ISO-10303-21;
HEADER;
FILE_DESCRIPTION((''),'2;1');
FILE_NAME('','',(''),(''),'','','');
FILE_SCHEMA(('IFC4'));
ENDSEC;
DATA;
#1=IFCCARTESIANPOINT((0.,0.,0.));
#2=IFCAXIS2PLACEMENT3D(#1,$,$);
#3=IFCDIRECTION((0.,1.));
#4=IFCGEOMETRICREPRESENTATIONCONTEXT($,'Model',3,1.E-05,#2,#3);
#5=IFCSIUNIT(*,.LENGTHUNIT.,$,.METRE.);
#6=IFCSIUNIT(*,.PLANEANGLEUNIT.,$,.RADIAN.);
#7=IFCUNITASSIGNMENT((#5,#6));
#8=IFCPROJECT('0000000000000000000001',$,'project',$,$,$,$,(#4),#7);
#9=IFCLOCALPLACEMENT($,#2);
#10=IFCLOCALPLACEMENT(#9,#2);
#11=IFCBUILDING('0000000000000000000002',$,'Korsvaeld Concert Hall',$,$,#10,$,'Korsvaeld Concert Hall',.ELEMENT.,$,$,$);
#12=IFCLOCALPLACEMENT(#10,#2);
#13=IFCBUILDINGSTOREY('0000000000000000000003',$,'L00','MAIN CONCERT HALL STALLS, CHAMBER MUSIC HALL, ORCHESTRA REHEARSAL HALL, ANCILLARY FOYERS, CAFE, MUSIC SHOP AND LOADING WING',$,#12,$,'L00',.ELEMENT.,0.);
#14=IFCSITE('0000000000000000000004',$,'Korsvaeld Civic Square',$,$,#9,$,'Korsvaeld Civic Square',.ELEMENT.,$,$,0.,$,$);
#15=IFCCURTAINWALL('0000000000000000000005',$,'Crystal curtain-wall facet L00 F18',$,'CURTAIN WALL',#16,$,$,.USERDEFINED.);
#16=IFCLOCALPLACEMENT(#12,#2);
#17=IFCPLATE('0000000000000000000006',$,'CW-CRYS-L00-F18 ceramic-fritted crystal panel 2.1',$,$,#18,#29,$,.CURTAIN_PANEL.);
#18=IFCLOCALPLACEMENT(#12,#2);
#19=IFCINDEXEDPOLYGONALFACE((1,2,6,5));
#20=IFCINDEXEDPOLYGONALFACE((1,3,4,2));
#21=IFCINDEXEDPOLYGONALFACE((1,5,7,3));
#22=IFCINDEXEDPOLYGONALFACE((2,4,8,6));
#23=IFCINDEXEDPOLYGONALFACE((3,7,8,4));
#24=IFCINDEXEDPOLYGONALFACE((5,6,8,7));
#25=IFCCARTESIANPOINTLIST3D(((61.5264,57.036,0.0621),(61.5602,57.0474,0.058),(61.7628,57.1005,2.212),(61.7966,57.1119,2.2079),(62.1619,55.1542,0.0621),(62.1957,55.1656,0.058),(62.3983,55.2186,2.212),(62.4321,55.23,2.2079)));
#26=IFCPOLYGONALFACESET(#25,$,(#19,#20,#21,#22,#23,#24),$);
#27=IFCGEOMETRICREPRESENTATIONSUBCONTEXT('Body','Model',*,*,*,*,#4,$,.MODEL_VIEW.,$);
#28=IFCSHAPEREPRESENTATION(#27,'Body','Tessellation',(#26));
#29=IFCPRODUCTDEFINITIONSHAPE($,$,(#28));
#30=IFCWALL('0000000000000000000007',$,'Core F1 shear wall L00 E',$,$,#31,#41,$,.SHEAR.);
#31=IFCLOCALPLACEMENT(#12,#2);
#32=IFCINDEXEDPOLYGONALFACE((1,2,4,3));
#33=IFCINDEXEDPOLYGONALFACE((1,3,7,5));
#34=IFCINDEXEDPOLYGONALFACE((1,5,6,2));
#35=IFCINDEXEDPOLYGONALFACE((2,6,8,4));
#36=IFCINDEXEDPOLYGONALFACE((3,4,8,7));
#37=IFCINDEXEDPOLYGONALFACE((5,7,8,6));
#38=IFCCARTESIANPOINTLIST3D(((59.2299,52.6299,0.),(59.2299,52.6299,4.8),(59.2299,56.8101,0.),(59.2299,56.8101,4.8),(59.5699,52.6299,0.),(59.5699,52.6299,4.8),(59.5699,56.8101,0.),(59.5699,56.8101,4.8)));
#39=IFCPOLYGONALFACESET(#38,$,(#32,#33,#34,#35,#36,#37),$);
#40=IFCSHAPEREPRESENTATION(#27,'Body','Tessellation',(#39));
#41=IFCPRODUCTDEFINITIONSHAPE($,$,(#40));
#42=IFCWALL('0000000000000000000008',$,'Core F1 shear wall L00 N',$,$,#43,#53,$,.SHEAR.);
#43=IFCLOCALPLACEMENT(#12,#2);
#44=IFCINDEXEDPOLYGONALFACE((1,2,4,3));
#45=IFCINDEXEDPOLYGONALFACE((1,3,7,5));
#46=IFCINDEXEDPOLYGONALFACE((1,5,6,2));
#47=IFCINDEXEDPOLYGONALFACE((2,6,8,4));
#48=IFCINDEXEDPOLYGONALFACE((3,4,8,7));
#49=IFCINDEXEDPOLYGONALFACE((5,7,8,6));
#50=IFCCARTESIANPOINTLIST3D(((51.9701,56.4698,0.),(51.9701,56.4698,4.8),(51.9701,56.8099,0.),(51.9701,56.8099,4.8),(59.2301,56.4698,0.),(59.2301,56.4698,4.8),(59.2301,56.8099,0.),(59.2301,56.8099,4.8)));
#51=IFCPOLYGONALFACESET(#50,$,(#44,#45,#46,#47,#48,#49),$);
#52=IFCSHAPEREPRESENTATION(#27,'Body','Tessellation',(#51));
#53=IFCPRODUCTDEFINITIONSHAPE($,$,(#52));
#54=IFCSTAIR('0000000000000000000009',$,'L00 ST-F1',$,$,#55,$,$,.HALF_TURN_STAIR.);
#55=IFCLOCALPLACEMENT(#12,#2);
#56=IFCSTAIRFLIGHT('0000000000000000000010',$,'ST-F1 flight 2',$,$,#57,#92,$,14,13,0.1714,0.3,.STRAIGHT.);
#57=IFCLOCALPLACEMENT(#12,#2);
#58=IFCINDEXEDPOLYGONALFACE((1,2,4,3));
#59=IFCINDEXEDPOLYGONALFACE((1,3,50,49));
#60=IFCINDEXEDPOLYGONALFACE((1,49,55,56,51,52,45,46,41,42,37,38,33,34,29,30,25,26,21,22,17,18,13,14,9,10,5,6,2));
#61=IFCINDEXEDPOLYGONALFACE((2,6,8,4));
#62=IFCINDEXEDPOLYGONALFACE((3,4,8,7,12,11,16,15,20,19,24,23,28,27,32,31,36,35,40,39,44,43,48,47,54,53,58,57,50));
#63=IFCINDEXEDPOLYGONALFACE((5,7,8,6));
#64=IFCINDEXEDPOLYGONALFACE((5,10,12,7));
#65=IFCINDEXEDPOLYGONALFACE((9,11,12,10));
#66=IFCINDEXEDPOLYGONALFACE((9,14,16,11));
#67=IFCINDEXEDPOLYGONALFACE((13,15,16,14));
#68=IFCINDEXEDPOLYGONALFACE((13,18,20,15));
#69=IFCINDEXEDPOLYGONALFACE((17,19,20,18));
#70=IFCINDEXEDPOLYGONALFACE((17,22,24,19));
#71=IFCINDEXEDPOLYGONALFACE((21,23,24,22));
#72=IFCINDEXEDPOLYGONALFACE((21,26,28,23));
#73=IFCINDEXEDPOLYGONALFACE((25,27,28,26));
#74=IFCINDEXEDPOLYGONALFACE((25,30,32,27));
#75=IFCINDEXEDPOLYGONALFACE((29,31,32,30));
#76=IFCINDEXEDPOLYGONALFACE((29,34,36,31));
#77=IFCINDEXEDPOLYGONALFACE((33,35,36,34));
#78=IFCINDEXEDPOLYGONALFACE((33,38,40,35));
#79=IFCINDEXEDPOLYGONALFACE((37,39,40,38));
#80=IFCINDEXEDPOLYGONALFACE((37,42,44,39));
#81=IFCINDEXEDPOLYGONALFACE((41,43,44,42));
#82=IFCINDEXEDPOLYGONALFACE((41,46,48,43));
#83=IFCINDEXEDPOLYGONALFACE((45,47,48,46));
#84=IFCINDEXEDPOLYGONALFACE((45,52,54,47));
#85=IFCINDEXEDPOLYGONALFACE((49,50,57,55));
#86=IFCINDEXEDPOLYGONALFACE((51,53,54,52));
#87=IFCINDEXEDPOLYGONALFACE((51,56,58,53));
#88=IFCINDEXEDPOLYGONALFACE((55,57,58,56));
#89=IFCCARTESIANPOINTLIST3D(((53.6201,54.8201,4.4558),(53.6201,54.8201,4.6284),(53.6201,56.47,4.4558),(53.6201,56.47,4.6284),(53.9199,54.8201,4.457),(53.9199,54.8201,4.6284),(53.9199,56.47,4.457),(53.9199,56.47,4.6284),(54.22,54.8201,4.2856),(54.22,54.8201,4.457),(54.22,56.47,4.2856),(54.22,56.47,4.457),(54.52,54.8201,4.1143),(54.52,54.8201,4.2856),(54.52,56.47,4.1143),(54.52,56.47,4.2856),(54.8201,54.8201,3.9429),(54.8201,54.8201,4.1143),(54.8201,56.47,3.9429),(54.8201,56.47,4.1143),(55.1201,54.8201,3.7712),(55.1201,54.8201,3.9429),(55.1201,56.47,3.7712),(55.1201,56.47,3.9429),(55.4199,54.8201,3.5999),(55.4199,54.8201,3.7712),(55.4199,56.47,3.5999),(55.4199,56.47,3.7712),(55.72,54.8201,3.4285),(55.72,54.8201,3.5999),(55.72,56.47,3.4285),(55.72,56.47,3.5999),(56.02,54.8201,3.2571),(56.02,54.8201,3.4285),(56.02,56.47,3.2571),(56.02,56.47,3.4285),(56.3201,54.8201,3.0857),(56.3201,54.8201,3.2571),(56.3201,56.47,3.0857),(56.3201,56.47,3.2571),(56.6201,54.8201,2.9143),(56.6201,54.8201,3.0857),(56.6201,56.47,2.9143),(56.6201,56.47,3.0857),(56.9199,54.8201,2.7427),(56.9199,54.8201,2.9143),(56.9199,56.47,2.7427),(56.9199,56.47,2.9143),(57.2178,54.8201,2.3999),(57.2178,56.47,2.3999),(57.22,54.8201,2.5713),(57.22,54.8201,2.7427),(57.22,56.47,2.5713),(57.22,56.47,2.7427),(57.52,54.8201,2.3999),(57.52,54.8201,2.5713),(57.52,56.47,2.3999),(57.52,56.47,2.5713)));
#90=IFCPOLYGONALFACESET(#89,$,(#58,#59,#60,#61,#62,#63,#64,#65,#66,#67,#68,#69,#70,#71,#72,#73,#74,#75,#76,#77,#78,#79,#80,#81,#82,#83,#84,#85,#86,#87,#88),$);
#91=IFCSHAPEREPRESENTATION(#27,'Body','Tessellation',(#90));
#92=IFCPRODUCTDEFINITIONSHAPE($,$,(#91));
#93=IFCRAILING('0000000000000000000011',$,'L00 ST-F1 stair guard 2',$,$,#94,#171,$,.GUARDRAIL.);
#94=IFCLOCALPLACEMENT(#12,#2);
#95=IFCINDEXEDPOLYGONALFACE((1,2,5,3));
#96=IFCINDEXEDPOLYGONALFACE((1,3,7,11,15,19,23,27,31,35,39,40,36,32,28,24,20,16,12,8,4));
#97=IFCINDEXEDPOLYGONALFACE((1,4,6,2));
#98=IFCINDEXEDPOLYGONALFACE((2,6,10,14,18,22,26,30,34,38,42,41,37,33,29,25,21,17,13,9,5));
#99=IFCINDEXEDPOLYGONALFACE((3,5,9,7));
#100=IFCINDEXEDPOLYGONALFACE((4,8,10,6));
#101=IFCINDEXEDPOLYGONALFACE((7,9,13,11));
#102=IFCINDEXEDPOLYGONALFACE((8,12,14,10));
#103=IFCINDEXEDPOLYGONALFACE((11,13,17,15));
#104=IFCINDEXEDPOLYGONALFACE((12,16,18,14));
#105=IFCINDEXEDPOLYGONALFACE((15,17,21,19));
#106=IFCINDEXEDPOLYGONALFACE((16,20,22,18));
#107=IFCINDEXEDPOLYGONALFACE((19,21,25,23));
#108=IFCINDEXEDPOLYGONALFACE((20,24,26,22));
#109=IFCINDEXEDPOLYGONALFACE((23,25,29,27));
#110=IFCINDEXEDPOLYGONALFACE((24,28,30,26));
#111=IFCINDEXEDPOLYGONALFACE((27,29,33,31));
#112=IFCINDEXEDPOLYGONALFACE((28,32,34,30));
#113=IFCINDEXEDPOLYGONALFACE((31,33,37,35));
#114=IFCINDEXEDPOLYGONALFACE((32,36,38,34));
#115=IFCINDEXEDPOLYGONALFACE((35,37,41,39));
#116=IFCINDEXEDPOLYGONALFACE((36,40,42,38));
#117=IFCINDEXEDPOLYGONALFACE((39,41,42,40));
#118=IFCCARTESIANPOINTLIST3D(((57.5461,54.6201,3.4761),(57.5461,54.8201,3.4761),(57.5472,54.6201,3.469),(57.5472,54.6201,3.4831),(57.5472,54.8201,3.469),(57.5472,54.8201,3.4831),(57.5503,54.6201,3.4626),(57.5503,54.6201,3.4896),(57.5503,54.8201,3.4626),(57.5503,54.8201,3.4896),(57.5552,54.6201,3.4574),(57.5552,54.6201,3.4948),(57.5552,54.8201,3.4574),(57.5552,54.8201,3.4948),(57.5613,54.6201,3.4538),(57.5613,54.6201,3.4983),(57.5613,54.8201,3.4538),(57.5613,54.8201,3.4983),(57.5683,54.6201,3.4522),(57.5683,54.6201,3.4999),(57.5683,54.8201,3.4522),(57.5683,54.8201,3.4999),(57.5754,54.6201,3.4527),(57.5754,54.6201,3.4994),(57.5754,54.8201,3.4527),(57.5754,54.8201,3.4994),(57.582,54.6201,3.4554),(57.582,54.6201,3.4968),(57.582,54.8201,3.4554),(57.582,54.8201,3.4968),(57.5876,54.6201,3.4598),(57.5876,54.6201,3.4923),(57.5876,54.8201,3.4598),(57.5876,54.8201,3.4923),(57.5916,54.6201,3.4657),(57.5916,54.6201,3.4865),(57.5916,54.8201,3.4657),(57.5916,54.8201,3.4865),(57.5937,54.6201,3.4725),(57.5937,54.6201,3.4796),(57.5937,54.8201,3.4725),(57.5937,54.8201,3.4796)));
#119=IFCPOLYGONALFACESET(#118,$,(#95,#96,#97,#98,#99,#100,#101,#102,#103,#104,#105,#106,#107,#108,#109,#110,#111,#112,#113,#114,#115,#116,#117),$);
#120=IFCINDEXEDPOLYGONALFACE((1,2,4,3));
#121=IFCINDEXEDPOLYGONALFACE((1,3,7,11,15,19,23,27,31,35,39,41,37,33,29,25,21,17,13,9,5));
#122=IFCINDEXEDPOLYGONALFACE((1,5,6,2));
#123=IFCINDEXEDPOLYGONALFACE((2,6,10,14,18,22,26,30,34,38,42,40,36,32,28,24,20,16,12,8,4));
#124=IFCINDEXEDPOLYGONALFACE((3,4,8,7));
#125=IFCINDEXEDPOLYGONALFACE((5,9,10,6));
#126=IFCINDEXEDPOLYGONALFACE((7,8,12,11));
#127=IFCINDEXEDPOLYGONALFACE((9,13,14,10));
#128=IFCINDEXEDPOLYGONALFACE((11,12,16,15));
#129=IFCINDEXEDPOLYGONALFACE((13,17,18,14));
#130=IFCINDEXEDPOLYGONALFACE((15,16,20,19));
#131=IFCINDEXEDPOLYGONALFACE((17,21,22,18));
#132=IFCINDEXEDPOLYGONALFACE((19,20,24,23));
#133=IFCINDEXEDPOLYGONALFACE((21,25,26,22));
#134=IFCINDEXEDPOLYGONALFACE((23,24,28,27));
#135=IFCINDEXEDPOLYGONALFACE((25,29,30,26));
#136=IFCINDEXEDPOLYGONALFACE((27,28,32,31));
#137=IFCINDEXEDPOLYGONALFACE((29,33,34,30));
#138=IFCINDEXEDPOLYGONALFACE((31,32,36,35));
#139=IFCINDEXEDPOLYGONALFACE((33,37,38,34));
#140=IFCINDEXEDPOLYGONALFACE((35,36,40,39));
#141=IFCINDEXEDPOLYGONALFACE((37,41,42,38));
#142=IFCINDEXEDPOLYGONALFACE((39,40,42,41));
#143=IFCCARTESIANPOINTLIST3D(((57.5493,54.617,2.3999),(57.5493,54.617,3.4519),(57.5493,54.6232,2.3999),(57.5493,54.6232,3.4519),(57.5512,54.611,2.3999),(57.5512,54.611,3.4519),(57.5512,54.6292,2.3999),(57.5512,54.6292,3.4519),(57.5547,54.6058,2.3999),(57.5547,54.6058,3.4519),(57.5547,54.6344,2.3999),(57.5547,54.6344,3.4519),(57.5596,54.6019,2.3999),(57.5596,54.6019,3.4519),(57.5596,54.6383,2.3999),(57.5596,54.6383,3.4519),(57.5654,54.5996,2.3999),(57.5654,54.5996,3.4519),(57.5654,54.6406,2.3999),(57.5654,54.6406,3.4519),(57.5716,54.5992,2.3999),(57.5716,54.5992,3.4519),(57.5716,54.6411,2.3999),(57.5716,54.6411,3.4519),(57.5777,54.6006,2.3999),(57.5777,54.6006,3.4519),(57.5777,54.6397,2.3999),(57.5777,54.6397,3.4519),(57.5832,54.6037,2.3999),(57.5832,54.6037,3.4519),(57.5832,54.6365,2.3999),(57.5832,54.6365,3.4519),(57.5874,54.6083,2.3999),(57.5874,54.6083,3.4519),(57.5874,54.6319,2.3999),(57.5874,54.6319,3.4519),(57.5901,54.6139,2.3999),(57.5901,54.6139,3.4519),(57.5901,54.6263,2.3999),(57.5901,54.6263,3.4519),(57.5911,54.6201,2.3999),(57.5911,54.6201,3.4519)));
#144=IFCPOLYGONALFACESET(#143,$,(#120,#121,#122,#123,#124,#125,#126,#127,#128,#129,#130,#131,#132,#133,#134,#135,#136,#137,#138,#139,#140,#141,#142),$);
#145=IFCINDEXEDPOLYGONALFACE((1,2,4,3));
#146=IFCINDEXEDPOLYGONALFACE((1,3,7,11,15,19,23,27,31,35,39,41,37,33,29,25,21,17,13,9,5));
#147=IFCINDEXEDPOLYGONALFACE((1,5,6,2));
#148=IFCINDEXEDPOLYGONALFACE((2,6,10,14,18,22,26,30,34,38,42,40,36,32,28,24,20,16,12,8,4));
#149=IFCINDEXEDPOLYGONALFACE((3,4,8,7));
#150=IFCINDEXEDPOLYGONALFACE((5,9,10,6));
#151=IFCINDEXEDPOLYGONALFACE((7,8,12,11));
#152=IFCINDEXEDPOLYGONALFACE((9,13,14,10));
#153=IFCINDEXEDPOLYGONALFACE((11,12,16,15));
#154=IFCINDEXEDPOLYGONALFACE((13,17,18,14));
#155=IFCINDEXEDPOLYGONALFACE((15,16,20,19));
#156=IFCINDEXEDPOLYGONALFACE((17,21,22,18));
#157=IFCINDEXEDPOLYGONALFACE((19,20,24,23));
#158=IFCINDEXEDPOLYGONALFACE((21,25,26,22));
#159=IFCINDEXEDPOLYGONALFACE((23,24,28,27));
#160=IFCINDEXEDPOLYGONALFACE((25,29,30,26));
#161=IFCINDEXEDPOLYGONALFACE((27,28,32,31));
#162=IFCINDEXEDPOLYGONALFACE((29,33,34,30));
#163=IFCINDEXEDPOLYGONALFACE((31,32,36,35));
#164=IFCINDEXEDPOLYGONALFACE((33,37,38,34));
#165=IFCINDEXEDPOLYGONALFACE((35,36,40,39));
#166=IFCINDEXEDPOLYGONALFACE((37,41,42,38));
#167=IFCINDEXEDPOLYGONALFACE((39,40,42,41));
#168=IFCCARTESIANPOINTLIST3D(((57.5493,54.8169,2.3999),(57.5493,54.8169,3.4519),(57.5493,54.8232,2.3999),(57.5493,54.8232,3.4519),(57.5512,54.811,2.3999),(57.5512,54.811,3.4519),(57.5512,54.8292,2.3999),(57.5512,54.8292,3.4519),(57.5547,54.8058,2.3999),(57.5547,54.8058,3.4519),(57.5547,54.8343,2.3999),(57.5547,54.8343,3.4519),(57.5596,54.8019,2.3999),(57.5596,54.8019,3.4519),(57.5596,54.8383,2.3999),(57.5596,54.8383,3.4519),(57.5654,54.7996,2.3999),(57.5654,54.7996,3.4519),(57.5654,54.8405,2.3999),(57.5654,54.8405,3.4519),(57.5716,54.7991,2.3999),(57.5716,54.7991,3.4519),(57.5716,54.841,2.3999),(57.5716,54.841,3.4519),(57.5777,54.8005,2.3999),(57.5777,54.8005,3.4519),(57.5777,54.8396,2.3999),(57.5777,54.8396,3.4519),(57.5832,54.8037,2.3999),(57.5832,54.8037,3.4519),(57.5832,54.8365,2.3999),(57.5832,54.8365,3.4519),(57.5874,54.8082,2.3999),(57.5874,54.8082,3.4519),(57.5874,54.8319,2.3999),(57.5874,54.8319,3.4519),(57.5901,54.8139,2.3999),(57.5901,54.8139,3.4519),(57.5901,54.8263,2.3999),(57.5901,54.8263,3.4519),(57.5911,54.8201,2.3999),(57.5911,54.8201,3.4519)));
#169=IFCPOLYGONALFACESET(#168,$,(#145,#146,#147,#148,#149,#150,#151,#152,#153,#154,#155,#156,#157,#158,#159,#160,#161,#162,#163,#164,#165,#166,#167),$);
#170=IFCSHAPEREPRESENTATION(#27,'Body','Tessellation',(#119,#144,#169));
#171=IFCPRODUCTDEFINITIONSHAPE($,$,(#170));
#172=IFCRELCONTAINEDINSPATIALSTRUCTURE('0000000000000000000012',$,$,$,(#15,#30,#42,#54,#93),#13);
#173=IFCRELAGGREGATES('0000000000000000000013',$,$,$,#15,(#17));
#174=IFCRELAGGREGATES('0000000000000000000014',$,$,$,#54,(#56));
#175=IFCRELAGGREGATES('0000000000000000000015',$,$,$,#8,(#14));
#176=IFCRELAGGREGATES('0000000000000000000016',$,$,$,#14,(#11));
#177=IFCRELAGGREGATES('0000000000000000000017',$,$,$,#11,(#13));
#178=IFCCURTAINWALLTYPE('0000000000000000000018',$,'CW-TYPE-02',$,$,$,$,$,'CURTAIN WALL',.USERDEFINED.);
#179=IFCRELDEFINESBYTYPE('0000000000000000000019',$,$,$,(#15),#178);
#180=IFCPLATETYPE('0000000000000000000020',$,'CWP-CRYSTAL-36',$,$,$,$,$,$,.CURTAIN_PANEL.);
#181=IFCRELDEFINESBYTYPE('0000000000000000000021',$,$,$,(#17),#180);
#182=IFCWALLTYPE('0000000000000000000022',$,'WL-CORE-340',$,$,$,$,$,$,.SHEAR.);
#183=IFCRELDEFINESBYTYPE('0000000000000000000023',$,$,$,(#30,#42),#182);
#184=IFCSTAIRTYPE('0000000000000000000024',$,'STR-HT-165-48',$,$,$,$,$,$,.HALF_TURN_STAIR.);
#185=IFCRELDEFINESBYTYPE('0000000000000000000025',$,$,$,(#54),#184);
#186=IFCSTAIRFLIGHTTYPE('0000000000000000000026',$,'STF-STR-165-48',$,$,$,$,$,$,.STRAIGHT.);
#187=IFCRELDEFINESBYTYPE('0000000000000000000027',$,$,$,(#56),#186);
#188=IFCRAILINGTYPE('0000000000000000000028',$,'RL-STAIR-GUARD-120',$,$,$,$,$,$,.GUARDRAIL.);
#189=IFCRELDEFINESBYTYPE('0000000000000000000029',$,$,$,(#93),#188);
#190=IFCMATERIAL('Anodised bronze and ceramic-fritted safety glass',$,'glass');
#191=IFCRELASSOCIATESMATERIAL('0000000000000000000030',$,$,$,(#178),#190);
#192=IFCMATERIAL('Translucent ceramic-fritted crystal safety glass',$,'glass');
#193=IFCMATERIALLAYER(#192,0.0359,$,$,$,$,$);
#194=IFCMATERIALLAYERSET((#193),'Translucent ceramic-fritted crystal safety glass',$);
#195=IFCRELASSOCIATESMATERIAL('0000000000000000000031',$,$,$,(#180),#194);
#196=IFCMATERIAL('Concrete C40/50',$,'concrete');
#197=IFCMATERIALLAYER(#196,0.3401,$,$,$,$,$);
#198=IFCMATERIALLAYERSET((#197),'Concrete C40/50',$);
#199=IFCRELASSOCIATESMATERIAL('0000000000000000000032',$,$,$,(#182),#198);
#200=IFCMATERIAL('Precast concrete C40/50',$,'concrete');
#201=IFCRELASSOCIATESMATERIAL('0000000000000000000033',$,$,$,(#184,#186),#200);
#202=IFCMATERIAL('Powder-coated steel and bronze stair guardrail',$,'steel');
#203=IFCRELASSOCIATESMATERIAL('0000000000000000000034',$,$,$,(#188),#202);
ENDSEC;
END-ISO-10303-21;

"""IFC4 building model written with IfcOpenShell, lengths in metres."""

from ifc_helpers import new_model, si_unit, direction, frame, frame_2d, origin, origin_2d, place, context, subcontext, project, spatial, polyline, rectangle, circle, outline, extrude, material, layer, layer_set, type_object, element, aggregate, save


model = new_model("IFC4")

# Units and contexts
model_context = context("Model", 3, precision=1e-05, world=origin(), true_north=direction((0.0, 1.0)))
body_context = subcontext(model_context, "Body", "Model", "MODEL_VIEW")
ifc_project = project(units=[si_unit("LENGTHUNIT", "METRE"), si_unit("PLANEANGLEUNIT", "RADIAN")], contexts=[model_context])

# Site, building, storey
site_placement = place(None, origin())
site = spatial("IfcSite", under=ifc_project, at=site_placement, Name="Korsvaeld Civic Square", LongName="Korsvaeld Civic Square", CompositionType="ELEMENT", RefElevation=0.0)
building_placement = place(site_placement, origin())
building = spatial("IfcBuilding", under=site, at=building_placement, Name="Korsvaeld Concert Hall", LongName="Korsvaeld Concert Hall", CompositionType="ELEMENT")
storey_placement = place(building_placement, origin())
storey = spatial("IfcBuildingStorey", under=building, at=storey_placement, Name="L00", Description="MAIN CONCERT HALL STALLS, CHAMBER MUSIC HALL, ORCHESTRA REHEARSAL HALL, ANCILLARY FOYERS, CAFE, MUSIC SHOP AND LOADING WING", LongName="L00", CompositionType="ELEMENT", Elevation=0.0)

# Shared definitions
ifc_material_1 = material(Name="Concrete C40/50", Category="concrete")

# Curtain wall
ifc_material_2 = material(Name="Anodised bronze and ceramic-fritted safety glass", Category="glass")
curtain_wall_type_1 = type_object("IfcCurtainWallType", Name="CW-TYPE-02", ElementType="CURTAIN WALL", PredefinedType="USERDEFINED", material=ifc_material_2)
curtain_wall_1_placement = place(storey_placement, origin())
curtain_wall_1 = element("IfcCurtainWall", 1, at=curtain_wall_1_placement, inside=storey, type_object=curtain_wall_type_1, Name="Crystal curtain-wall facet L00 F18", ObjectType="CURTAIN WALL", PredefinedType="USERDEFINED")

# Plate
ifc_material_3 = material(Name="Translucent ceramic-fritted crystal safety glass", Category="glass")
ifc_layer_1 = layer(ifc_material_3, 0.0359)
ifc_layer_set_1 = layer_set([ifc_layer_1], Name="Translucent ceramic-fritted crystal safety glass")
plate_type = type_object("IfcPlateType", Name="CWP-CRYSTAL-36", PredefinedType="CURTAIN_PANEL", material=ifc_layer_set_1)
plate_1_placement = place(storey_placement, frame((61.5435, 57.0417, 0.0601), z_axis=(-0.941365, -0.3179, 0.11301), x_axis=(0.31995, -0.947435, 0.0)))
plate_1 = element("IfcPlate", 2, at=plate_1_placement, type_object=plate_type, Name="CW-CRYS-L00-F18 ceramic-fritted crystal panel 2.1", PredefinedType="CURTAIN_PANEL", context=body_context, shape_type="SweptSolid", body=[
    extrude(outline(polyline([(0.0, 0.0), (1.9862, 0.0), (2.0008, 2.1638), (0.0145, 2.1638), (0.0, 0.0)])), frame((0.0, 0.0, 0.0181)), (0.0, 0.0, -1.0), 0.0359),
])
aggregate(curtain_wall_1, [plate_1])

# Walls
ifc_layer_2 = layer(ifc_material_1, 0.3401)
ifc_layer_set_2 = layer_set([ifc_layer_2], Name="Concrete C40/50")
wall_type = type_object("IfcWallType", Name="WL-CORE-340", PredefinedType="SHEAR", material=ifc_layer_set_2)
wall_1_placement = place(storey_placement, frame((59.3999, 52.6299, 0.0), z_axis=(0.0, 0.0, 1.0), x_axis=(0.0, 1.0, 0.0)))
element("IfcWall", 3, at=wall_1_placement, inside=storey, type_object=wall_type, Name="Core F1 shear wall L00 E", PredefinedType="SHEAR", context=body_context, shape_type="SweptSolid", body=[
    extrude(rectangle(XDim=4.1802, YDim=0.3401, at=frame_2d((2.0901, 0.0))), origin(), (0.0, 0.0, 1.0), 4.8),
])
wall_2_placement = place(storey_placement, frame((59.23, 56.6399, 0.0), z_axis=(0.0, 0.0, 1.0), x_axis=(-1.0, 0.0, 0.0)))
element("IfcWall", 4, at=wall_2_placement, inside=storey, type_object=wall_type, Name="Core F1 shear wall L00 N", PredefinedType="SHEAR", context=body_context, shape_type="SweptSolid", body=[
    extrude(rectangle(XDim=7.26, YDim=0.3401, at=frame_2d((3.6299, 0.0))), origin(), (0.0, 0.0, 1.0), 4.8),
])

# Stair, stair flight
ifc_material_4 = material(Name="Precast concrete C40/50", Category="concrete")
stair_type = type_object("IfcStairType", Name="STR-HT-165-48", PredefinedType="HALF_TURN_STAIR", material=ifc_material_4)
stair_placement = place(storey_placement, origin())
stair = element("IfcStair", 5, at=stair_placement, inside=storey, type_object=stair_type, Name="L00 ST-F1", PredefinedType="HALF_TURN_STAIR")
stair_flight_type = type_object("IfcStairFlightType", Name="STF-STR-165-48", PredefinedType="STRAIGHT", material=ifc_material_4)
stair_flight_placement = place(storey_placement, frame((57.52, 55.645, 2.3999), z_axis=(0.0, 0.0, 1.0), x_axis=(-1.0, 0.0, 0.0)))
stair_flight = element("IfcStairFlight", 6, at=stair_flight_placement, type_object=stair_flight_type, Name="ST-F1 flight 2", NumberOfRisers=14, NumberOfTreads=13, PredefinedType="STRAIGHT", RiserHeight=0.1714, TreadLength=0.3, context=body_context, shape_type="SweptSolid", body=[
    extrude(outline(polyline([(0.0, 0.0), (0.0, 0.1714), (0.3, 0.1714), (0.3, 0.3428), (0.6001, 0.3428), (0.6001, 0.5144), (0.8999, 0.5144), (0.8999, 0.6858), (1.2, 0.6858), (1.2, 0.8572), (1.5, 0.8572), (1.5, 1.0286), (1.8, 1.0286), (1.8, 1.2), (2.1001, 1.2), (2.1001, 1.3713), (2.3999, 1.3713), (2.3999, 1.543), (2.7, 1.543), (2.7, 1.7144), (3.0, 1.7144), (3.0, 1.8857), (3.3, 1.8857), (3.3, 2.0571), (3.6001, 2.0571), (3.6001, 2.2285), (3.8999, 2.2285), (3.8999, 2.3999), (3.8999, 2.0559), (0.3022, 0.0), (0.0, 0.0)])), frame((0.0, 0.825, 0.0), z_axis=(0.0, -1.0, 0.0), x_axis=(1.0, 0.0, 0.0)), (0.0, 0.0, 1.0), 1.6499),
])
aggregate(stair, [stair_flight])

# Railing
ifc_material_5 = material(Name="Powder-coated steel and bronze stair guardrail", Category="steel")
railing_type_1 = type_object("IfcRailingType", Name="RL-STAIR-GUARD-120", PredefinedType="GUARDRAIL", material=ifc_material_5)
railing_1_placement = place(storey_placement, frame((57.5701, 54.6201, 2.3999)))
element("IfcRailing", 7, at=railing_1_placement, inside=storey, type_object=railing_type_1, Name="L00 ST-F1 stair guard 2", PredefinedType="GUARDRAIL", context=body_context, shape_type="SweptSolid", body=[
    extrude(circle(Radius=0.0239, at=origin_2d()), frame((0.0, 0.0, 1.0762), z_axis=(0.0, 1.0, 0.0), x_axis=(-1.0, 0.0, 0.0)), (0.0, 0.0, 1.0), 0.2),
    extrude(circle(Radius=0.021, at=origin_2d()), origin(), (0.0, 0.0, 1.0), 1.052),
    extrude(circle(Radius=0.021, at=origin_2d()), frame((0.0, 0.2, 0.0)), (0.0, 0.0, 1.0), 1.052),
])

save(model, "model.ifc")
